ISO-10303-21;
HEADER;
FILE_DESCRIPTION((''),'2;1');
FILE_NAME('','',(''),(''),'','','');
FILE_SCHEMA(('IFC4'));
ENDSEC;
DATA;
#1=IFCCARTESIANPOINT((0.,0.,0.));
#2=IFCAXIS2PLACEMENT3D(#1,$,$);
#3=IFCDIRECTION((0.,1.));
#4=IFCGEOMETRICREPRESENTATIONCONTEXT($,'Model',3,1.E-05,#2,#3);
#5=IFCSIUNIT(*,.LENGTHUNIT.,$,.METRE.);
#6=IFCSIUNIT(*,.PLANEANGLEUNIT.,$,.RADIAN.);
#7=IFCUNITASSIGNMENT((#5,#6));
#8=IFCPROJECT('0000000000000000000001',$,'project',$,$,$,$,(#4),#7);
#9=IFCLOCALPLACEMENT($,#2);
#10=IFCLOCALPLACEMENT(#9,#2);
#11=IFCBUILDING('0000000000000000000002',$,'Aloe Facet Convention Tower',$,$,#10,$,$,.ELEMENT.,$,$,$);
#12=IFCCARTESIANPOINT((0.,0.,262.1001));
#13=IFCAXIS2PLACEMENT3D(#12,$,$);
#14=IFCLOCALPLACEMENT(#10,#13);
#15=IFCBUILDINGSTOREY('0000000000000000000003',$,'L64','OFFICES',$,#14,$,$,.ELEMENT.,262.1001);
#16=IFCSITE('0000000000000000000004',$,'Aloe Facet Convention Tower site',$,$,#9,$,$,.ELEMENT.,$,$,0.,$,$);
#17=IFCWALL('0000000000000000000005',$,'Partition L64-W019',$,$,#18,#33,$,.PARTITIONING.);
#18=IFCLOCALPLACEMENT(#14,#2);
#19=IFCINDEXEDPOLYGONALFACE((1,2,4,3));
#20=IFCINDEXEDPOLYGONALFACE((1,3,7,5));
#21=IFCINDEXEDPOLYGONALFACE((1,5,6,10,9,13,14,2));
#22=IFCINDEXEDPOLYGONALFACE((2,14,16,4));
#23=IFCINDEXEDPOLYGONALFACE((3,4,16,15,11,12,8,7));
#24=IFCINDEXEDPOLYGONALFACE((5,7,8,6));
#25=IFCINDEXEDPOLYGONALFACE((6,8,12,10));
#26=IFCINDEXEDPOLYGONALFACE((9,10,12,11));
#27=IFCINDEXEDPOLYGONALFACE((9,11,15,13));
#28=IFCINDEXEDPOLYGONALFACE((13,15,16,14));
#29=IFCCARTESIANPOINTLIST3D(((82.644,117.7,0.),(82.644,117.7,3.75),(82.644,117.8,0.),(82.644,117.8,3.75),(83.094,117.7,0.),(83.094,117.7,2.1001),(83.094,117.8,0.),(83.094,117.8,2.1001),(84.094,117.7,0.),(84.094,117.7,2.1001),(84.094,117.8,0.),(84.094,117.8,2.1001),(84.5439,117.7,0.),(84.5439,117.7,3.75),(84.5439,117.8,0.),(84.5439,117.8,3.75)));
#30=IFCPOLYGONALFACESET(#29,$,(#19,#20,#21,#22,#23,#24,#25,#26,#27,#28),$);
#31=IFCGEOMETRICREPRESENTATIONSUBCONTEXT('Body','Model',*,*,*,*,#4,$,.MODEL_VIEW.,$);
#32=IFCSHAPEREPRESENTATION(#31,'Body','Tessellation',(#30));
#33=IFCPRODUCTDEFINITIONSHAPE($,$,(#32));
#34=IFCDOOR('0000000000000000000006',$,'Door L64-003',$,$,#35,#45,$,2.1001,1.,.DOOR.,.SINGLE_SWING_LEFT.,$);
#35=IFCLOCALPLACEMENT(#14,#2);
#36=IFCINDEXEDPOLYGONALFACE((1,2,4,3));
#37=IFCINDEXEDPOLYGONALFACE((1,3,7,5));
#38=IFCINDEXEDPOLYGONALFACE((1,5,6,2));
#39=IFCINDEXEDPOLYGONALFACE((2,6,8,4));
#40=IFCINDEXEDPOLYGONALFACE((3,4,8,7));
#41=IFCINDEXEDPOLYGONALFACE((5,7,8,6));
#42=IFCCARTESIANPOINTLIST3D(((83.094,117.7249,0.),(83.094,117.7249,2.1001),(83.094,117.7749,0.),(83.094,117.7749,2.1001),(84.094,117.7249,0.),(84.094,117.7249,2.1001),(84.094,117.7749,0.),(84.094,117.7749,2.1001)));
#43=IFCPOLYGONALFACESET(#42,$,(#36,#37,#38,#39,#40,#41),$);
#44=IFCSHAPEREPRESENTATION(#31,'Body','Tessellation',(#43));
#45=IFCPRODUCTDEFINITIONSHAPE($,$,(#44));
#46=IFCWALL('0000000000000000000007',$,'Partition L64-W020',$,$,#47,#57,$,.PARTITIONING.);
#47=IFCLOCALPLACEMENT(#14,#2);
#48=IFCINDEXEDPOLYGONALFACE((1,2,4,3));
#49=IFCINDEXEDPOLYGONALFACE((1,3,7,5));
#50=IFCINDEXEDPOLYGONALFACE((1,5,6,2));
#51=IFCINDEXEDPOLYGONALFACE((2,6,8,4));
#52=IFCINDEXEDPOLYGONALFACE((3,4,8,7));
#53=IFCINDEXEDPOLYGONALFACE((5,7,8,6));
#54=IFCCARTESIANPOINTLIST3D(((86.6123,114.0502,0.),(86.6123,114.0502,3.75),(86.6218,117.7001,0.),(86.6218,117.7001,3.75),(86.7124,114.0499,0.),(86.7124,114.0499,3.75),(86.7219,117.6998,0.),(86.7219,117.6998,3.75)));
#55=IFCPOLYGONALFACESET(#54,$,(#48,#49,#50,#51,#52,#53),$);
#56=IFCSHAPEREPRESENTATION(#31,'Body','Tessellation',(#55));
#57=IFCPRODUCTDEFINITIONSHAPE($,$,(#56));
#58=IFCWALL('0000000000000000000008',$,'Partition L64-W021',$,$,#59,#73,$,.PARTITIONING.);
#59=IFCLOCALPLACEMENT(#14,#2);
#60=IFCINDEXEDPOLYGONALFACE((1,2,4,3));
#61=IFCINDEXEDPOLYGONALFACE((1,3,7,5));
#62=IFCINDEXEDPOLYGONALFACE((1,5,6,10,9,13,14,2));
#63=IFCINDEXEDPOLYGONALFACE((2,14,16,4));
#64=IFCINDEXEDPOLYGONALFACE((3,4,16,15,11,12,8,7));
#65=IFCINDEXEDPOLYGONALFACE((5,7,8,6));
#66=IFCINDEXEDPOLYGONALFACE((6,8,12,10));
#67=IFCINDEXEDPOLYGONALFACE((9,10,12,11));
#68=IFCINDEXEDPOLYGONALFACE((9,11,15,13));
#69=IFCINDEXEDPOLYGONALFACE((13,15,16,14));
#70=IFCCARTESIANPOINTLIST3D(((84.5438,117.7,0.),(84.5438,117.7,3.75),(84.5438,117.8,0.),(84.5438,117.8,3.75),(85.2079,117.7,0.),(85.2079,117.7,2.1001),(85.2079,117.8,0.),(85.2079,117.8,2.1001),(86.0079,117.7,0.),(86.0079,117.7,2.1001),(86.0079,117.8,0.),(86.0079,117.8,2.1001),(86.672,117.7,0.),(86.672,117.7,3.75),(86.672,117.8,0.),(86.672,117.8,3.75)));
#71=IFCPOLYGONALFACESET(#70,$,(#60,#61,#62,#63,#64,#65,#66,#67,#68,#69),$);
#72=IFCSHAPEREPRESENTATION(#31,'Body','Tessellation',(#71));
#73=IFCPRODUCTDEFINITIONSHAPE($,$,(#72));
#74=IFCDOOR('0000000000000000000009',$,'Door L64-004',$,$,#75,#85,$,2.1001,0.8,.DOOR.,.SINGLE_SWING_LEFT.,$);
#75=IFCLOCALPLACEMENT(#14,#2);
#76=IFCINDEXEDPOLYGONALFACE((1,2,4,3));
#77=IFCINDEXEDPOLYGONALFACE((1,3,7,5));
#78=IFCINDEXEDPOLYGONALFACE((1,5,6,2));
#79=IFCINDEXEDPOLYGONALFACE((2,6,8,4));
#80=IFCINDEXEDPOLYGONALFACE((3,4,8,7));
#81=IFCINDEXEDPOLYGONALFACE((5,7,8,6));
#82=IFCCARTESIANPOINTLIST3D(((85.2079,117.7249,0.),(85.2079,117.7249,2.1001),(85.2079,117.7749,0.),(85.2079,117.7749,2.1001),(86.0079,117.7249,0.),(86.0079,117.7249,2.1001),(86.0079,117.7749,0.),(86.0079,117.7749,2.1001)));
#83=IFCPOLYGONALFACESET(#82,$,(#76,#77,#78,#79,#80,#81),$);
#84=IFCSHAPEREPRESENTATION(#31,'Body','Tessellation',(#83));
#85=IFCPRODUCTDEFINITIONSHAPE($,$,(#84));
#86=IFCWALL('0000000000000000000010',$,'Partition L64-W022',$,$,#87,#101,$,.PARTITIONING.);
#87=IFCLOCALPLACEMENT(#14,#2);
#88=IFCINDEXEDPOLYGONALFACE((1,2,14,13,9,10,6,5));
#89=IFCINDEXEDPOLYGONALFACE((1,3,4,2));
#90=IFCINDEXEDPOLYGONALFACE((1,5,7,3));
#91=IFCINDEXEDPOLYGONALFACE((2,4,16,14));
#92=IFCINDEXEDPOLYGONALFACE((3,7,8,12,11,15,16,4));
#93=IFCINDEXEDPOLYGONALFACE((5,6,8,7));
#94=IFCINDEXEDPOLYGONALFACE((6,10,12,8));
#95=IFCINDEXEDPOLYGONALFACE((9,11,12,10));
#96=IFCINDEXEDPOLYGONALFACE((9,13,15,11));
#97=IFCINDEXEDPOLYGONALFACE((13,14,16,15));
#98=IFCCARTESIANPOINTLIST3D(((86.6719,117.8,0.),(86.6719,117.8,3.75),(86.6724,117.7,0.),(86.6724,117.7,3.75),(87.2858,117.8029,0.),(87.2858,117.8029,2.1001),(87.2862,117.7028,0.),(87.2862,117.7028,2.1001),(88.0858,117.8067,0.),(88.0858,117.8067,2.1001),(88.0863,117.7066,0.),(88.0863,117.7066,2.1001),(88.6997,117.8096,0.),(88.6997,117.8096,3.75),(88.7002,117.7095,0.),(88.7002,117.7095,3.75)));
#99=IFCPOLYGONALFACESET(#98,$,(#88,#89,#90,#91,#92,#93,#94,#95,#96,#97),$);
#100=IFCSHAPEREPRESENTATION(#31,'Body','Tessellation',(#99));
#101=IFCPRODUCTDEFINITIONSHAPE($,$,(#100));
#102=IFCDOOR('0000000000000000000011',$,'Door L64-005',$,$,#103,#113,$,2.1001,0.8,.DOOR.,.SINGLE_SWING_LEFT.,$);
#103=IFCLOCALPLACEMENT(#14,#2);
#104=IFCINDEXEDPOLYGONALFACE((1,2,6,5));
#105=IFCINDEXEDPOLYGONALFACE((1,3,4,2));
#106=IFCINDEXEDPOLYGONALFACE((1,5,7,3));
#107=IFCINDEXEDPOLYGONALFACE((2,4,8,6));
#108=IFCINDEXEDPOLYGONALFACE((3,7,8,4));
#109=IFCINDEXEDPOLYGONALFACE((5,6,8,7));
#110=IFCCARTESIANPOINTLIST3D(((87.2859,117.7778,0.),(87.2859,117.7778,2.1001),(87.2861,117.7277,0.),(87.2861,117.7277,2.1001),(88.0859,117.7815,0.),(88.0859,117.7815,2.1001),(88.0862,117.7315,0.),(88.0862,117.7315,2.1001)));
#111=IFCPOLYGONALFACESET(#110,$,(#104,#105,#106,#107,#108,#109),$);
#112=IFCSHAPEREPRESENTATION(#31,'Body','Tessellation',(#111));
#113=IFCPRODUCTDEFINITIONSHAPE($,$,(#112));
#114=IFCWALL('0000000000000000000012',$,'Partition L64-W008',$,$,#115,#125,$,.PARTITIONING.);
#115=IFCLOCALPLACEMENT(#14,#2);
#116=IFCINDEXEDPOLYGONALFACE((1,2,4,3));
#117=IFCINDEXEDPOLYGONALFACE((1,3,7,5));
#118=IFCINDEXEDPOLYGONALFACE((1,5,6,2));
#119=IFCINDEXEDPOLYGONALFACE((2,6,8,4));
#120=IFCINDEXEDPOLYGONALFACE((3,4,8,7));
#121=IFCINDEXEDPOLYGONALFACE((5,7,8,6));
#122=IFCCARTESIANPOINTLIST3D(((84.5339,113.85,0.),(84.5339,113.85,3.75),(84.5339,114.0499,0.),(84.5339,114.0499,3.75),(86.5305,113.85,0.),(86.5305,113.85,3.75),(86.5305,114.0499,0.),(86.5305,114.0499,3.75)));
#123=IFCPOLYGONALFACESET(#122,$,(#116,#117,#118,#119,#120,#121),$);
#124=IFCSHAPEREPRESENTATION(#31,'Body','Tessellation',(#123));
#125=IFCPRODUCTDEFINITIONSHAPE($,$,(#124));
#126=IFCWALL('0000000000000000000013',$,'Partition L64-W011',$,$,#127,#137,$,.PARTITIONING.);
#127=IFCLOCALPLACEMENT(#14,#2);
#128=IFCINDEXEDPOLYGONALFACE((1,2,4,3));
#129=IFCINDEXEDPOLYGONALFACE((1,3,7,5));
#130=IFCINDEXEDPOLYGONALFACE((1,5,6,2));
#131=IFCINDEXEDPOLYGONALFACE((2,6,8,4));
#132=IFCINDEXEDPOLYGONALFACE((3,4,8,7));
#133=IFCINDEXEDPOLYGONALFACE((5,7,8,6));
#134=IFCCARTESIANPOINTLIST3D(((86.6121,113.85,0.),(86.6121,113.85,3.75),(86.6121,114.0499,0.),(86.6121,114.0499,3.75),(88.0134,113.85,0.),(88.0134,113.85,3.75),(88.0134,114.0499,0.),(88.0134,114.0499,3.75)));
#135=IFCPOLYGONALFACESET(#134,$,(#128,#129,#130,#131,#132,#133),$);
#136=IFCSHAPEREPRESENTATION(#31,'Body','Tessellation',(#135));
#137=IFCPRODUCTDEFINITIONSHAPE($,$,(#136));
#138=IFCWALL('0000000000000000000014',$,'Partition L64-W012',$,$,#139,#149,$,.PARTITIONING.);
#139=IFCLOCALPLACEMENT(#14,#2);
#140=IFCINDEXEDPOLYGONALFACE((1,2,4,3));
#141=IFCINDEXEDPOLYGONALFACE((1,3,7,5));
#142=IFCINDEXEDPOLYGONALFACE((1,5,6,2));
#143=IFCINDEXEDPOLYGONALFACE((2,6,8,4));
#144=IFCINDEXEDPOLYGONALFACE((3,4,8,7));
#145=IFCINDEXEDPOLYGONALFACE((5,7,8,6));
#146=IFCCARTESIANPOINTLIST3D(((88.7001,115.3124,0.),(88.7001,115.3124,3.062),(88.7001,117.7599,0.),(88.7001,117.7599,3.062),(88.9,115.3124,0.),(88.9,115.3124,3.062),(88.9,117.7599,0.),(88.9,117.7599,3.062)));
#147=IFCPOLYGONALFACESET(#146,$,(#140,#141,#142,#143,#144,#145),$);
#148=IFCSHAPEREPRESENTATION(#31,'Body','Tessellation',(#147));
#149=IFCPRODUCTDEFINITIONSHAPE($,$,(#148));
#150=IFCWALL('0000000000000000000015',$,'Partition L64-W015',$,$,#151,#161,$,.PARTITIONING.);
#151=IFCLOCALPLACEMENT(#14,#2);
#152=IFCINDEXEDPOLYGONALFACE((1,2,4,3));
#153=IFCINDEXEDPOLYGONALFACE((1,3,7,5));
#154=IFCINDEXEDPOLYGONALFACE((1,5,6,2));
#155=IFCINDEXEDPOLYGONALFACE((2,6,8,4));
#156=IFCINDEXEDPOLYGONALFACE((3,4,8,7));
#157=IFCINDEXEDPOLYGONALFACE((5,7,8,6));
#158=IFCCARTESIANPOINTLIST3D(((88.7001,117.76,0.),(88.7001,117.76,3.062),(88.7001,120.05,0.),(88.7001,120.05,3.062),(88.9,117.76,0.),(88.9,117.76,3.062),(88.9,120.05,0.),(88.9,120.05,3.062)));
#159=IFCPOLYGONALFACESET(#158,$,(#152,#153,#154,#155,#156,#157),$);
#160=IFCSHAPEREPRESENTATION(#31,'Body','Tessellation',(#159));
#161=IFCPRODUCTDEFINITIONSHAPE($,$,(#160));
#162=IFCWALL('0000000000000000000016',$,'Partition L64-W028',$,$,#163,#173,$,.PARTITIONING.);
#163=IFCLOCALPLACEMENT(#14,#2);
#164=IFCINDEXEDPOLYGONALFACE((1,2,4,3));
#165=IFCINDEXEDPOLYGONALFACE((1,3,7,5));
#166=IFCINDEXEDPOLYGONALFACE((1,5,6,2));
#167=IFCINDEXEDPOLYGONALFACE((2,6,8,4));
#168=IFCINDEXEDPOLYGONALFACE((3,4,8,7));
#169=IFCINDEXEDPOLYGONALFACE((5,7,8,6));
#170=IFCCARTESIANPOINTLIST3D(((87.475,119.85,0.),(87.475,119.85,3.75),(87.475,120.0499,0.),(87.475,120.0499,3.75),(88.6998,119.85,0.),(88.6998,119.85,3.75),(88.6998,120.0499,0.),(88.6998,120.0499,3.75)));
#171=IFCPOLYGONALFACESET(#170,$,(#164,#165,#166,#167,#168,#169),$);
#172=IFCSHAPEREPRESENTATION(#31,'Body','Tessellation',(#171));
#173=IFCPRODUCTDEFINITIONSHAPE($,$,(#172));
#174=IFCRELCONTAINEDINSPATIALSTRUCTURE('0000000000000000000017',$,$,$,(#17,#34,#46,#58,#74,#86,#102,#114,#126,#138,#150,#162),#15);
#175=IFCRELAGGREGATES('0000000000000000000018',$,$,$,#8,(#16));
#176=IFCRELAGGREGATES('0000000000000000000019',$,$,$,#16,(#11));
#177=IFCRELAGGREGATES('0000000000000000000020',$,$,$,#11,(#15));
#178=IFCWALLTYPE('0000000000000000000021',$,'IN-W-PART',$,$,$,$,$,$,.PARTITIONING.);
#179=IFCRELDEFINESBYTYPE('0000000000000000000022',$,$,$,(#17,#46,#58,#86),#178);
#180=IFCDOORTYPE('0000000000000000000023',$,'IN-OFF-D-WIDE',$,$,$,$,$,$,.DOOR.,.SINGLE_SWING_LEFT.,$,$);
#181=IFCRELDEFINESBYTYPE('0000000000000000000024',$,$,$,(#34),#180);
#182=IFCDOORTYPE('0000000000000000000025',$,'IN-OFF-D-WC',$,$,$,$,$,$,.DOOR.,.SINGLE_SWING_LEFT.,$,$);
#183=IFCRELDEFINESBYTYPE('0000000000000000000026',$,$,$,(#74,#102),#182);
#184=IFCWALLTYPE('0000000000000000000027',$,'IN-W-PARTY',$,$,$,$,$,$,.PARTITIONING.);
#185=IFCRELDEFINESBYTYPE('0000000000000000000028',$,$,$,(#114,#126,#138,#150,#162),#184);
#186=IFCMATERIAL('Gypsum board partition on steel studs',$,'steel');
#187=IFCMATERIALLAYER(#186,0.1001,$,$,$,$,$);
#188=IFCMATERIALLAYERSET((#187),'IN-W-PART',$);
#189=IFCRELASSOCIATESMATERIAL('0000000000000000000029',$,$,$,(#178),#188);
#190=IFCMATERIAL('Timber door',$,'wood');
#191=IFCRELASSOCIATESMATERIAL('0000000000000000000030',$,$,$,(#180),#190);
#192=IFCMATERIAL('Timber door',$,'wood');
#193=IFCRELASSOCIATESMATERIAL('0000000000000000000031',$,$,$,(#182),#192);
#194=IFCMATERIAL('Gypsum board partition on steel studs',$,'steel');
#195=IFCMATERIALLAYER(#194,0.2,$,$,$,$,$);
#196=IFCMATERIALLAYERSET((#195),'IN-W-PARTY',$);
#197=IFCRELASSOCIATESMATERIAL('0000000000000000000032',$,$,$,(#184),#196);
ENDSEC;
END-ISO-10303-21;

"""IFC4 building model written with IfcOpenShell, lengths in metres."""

from ifc_helpers import new_model, si_unit, direction, frame, frame_2d, origin, place, context, subcontext, project, spatial, rectangle, extrude, material, layer, layer_set, type_object, element, fill, save


model = new_model("IFC4")

# Units and contexts
model_context = context("Model", 3, precision=1e-05, world=origin(), true_north=direction((0.0, 1.0)))
body_context = subcontext(model_context, "Body", "Model", "MODEL_VIEW")
ifc_project = project(units=[si_unit("LENGTHUNIT", "METRE"), si_unit("PLANEANGLEUNIT", "RADIAN")], contexts=[model_context])

# Site, building, storey
site_placement = place(None, origin())
site = spatial("IfcSite", under=ifc_project, at=site_placement, Name="Aloe Facet Convention Tower site", CompositionType="ELEMENT", RefElevation=0.0)
building_placement = place(site_placement, origin())
building = spatial("IfcBuilding", under=site, at=building_placement, Name="Aloe Facet Convention Tower", CompositionType="ELEMENT")
storey_placement = place(building_placement, frame((0.0, 0.0, 262.1001)))
storey = spatial("IfcBuildingStorey", under=building, at=storey_placement, Name="L64", Description="OFFICES", CompositionType="ELEMENT", Elevation=262.1001)

# Shared definitions
ifc_material_1 = material(Name="Gypsum board partition on steel studs", Category="steel")
ifc_layer_1 = layer(ifc_material_1, 0.1001)
ifc_layer_set_1 = layer_set([ifc_layer_1], Name="IN-W-PART")
wall_type_1 = type_object("IfcWallType", Name="IN-W-PART", PredefinedType="PARTITIONING", material=ifc_layer_set_1)

# Wall, opening, door
wall_1_placement = place(storey_placement, frame((82.644, 117.75, 0.0), z_axis=(0.0, 0.0, 1.0), x_axis=(1.0, 0.0, 0.0)))
wall_1 = element("IfcWall", 1, at=wall_1_placement, inside=storey, type_object=wall_type_1, Name="Partition L64-W019", PredefinedType="PARTITIONING", context=body_context, shape_type="SweptSolid", body=[
    extrude(rectangle(XDim=1.8999, YDim=0.1001, at=frame_2d((0.95, 0.0))), origin(), (0.0, 0.0, 1.0), 3.75),
])
opening_1_placement = place(wall_1_placement, frame((0.45, 0.0, 0.0)))
opening_1 = element("IfcOpeningElement", 2, at=opening_1_placement, cuts=wall_1, PredefinedType="OPENING", context=body_context, shape_type="SweptSolid", body=[
    extrude(rectangle(XDim=1.0, YDim=2.1001, at=frame_2d((0.5, 1.05))), frame((0.0, 0.0601, 0.0), z_axis=(0.0, -1.0, 0.0), x_axis=(1.0, 0.0, 0.0)), (0.0, 0.0, 1.0), 0.1201),
])
ifc_material_2 = material(Name="Timber door", Category="wood")
door_type_1 = type_object("IfcDoorType", Name="IN-OFF-D-WIDE", OperationType="SINGLE_SWING_LEFT", PredefinedType="DOOR", material=ifc_material_2)
door_1_placement = place(opening_1_placement, origin())
door_1 = element("IfcDoor", 3, at=door_1_placement, inside=storey, type_object=door_type_1, Name="Door L64-003", OperationType="SINGLE_SWING_LEFT", OverallHeight=2.1001, OverallWidth=1.0, PredefinedType="DOOR", context=body_context, shape_type="SweptSolid", body=[
    extrude(rectangle(XDim=1.0, YDim=2.1001, at=frame_2d((0.5, 1.05))), frame((0.0, 0.0249, 0.0), z_axis=(0.0, -1.0, 0.0), x_axis=(1.0, 0.0, 0.0)), (0.0, 0.0, 1.0), 0.05),
])
fill(opening_1, door_1)

# Wall
wall_2_placement = place(storey_placement, frame((86.6624, 114.05, 0.0), z_axis=(0.0, 0.0, 1.0), x_axis=(0.002609, 0.999997, 0.0)))
element("IfcWall", 4, at=wall_2_placement, inside=storey, type_object=wall_type_1, Name="Partition L64-W020", PredefinedType="PARTITIONING", context=body_context, shape_type="SweptSolid", body=[
    extrude(rectangle(XDim=3.6499, YDim=0.1001, at=frame_2d((1.825, 0.0))), origin(), (0.0, 0.0, 1.0), 3.75),
])

# Walls, openings, doors
wall_3_placement = place(storey_placement, frame((84.5439, 117.75, 0.0), z_axis=(0.0, 0.0, 1.0), x_axis=(1.0, 0.0, 0.0)))
wall_3 = element("IfcWall", 5, at=wall_3_placement, inside=storey, type_object=wall_type_1, Name="Partition L64-W021", PredefinedType="PARTITIONING", context=body_context, shape_type="SweptSolid", body=[
    extrude(rectangle(XDim=2.1282, YDim=0.1001, at=frame_2d((1.064, 0.0))), origin(), (0.0, 0.0, 1.0), 3.75),
])
opening_2_placement = place(wall_3_placement, frame((0.6641, 0.0, 0.0)))
opening_2 = element("IfcOpeningElement", 6, at=opening_2_placement, cuts=wall_3, PredefinedType="OPENING", context=body_context, shape_type="SweptSolid", body=[
    extrude(rectangle(XDim=0.8, YDim=2.1001, at=frame_2d((0.3999, 1.05))), frame((0.0, 0.0601, 0.0), z_axis=(0.0, -1.0, 0.0), x_axis=(1.0, 0.0, 0.0)), (0.0, 0.0, 1.0), 0.1201),
])
ifc_material_3 = material(Name="Timber door", Category="wood")
door_type_2 = type_object("IfcDoorType", Name="IN-OFF-D-WC", OperationType="SINGLE_SWING_LEFT", PredefinedType="DOOR", material=ifc_material_3)
door_2_placement = place(opening_2_placement, origin())
door_2 = element("IfcDoor", 7, at=door_2_placement, inside=storey, type_object=door_type_2, Name="Door L64-004", OperationType="SINGLE_SWING_LEFT", OverallHeight=2.1001, OverallWidth=0.8, PredefinedType="DOOR", context=body_context, shape_type="SweptSolid", body=[
    extrude(rectangle(XDim=0.8, YDim=2.1001, at=frame_2d((0.3999, 1.05))), frame((0.0, 0.0249, 0.0), z_axis=(0.0, -1.0, 0.0), x_axis=(1.0, 0.0, 0.0)), (0.0, 0.0, 1.0), 0.05),
])
fill(opening_2, door_2)
wall_4_placement = place(storey_placement, frame((86.6721, 117.75, 0.0), z_axis=(0.0, 0.0, 1.0), x_axis=(0.999989, 0.004695, 0.0)))
wall_4 = element("IfcWall", 8, at=wall_4_placement, inside=storey, type_object=wall_type_1, Name="Partition L64-W022", PredefinedType="PARTITIONING", context=body_context, shape_type="SweptSolid", body=[
    extrude(rectangle(XDim=2.0278, YDim=0.1001, at=frame_2d((1.0139, 0.0))), origin(), (0.0, 0.0, 1.0), 3.75),
])
opening_3_placement = place(wall_4_placement, frame((0.614, 0.0, 0.0)))
opening_3 = element("IfcOpeningElement", 9, at=opening_3_placement, cuts=wall_4, PredefinedType="OPENING", context=body_context, shape_type="SweptSolid", body=[
    extrude(rectangle(XDim=0.8, YDim=2.1001, at=frame_2d((0.3999, 1.05))), frame((0.0, 0.0601, 0.0), z_axis=(0.0, -1.0, 0.0), x_axis=(1.0, 0.0, 0.0)), (0.0, 0.0, 1.0), 0.1201),
])
door_3_placement = place(opening_3_placement, origin())
door_3 = element("IfcDoor", 10, at=door_3_placement, inside=storey, type_object=door_type_2, Name="Door L64-005", OperationType="SINGLE_SWING_LEFT", OverallHeight=2.1001, OverallWidth=0.8, PredefinedType="DOOR", context=body_context, shape_type="SweptSolid", body=[
    extrude(rectangle(XDim=0.8, YDim=2.1001, at=frame_2d((0.3999, 1.05))), frame((0.0, 0.0249, 0.0), z_axis=(0.0, -1.0, 0.0), x_axis=(1.0, 0.0, 0.0)), (0.0, 0.0, 1.0), 0.05),
])
fill(opening_3, door_3)

# Walls
ifc_material_4 = material(Name="Gypsum board partition on steel studs", Category="steel")
ifc_layer_2 = layer(ifc_material_4, 0.2)
ifc_layer_set_2 = layer_set([ifc_layer_2], Name="IN-W-PARTY")
wall_type_2 = type_object("IfcWallType", Name="IN-W-PARTY", PredefinedType="PARTITIONING", material=ifc_layer_set_2)
wall_5_placement = place(storey_placement, frame((84.5339, 113.95, 0.0), z_axis=(0.0, 0.0, 1.0), x_axis=(1.0, 0.0, 0.0)))
element("IfcWall", 11, at=wall_5_placement, inside=storey, type_object=wall_type_2, Name="Partition L64-W008", PredefinedType="PARTITIONING", context=body_context, shape_type="SweptSolid", body=[
    extrude(rectangle(XDim=1.9966, YDim=0.2, at=frame_2d((0.9983, 0.0))), origin(), (0.0, 0.0, 1.0), 3.75),
])
wall_6_placement = place(storey_placement, frame((86.6121, 113.95, 0.0), z_axis=(0.0, 0.0, 1.0), x_axis=(1.0, 0.0, 0.0)))
element("IfcWall", 12, at=wall_6_placement, inside=storey, type_object=wall_type_2, Name="Partition L64-W011", PredefinedType="PARTITIONING", context=body_context, shape_type="SweptSolid", body=[
    extrude(rectangle(XDim=1.4014, YDim=0.2, at=frame_2d((0.7007, 0.0))), origin(), (0.0, 0.0, 1.0), 3.75),
])
wall_7_placement = place(storey_placement, frame((88.8, 115.3125, 0.0), z_axis=(0.0, 0.0, 1.0), x_axis=(0.0, 1.0, 0.0)))
element("IfcWall", 13, at=wall_7_placement, inside=storey, type_object=wall_type_2, Name="Partition L64-W012", PredefinedType="PARTITIONING", context=body_context, shape_type="SweptSolid", body=[
    extrude(rectangle(XDim=2.4475, YDim=0.2, at=frame_2d((1.2236, 0.0))), origin(), (0.0, 0.0, 1.0), 3.062),
])
wall_8_placement = place(storey_placement, frame((88.8, 117.76, 0.0), z_axis=(0.0, 0.0, 1.0), x_axis=(0.0, 1.0, 0.0)))
element("IfcWall", 14, at=wall_8_placement, inside=storey, type_object=wall_type_2, Name="Partition L64-W015", PredefinedType="PARTITIONING", context=body_context, shape_type="SweptSolid", body=[
    extrude(rectangle(XDim=2.29, YDim=0.2, at=frame_2d((1.145, 0.0))), origin(), (0.0, 0.0, 1.0), 3.062),
])
wall_9_placement = place(storey_placement, frame((87.4751, 119.95, 0.0), z_axis=(0.0, 0.0, 1.0), x_axis=(1.0, 0.0, 0.0)))
element("IfcWall", 15, at=wall_9_placement, inside=storey, type_object=wall_type_2, Name="Partition L64-W028", PredefinedType="PARTITIONING", context=body_context, shape_type="SweptSolid", body=[
    extrude(rectangle(XDim=1.2249, YDim=0.2, at=frame_2d((0.6123, 0.0))), origin(), (0.0, 0.0, 1.0), 3.75),
])

save(model, "model.ifc")
